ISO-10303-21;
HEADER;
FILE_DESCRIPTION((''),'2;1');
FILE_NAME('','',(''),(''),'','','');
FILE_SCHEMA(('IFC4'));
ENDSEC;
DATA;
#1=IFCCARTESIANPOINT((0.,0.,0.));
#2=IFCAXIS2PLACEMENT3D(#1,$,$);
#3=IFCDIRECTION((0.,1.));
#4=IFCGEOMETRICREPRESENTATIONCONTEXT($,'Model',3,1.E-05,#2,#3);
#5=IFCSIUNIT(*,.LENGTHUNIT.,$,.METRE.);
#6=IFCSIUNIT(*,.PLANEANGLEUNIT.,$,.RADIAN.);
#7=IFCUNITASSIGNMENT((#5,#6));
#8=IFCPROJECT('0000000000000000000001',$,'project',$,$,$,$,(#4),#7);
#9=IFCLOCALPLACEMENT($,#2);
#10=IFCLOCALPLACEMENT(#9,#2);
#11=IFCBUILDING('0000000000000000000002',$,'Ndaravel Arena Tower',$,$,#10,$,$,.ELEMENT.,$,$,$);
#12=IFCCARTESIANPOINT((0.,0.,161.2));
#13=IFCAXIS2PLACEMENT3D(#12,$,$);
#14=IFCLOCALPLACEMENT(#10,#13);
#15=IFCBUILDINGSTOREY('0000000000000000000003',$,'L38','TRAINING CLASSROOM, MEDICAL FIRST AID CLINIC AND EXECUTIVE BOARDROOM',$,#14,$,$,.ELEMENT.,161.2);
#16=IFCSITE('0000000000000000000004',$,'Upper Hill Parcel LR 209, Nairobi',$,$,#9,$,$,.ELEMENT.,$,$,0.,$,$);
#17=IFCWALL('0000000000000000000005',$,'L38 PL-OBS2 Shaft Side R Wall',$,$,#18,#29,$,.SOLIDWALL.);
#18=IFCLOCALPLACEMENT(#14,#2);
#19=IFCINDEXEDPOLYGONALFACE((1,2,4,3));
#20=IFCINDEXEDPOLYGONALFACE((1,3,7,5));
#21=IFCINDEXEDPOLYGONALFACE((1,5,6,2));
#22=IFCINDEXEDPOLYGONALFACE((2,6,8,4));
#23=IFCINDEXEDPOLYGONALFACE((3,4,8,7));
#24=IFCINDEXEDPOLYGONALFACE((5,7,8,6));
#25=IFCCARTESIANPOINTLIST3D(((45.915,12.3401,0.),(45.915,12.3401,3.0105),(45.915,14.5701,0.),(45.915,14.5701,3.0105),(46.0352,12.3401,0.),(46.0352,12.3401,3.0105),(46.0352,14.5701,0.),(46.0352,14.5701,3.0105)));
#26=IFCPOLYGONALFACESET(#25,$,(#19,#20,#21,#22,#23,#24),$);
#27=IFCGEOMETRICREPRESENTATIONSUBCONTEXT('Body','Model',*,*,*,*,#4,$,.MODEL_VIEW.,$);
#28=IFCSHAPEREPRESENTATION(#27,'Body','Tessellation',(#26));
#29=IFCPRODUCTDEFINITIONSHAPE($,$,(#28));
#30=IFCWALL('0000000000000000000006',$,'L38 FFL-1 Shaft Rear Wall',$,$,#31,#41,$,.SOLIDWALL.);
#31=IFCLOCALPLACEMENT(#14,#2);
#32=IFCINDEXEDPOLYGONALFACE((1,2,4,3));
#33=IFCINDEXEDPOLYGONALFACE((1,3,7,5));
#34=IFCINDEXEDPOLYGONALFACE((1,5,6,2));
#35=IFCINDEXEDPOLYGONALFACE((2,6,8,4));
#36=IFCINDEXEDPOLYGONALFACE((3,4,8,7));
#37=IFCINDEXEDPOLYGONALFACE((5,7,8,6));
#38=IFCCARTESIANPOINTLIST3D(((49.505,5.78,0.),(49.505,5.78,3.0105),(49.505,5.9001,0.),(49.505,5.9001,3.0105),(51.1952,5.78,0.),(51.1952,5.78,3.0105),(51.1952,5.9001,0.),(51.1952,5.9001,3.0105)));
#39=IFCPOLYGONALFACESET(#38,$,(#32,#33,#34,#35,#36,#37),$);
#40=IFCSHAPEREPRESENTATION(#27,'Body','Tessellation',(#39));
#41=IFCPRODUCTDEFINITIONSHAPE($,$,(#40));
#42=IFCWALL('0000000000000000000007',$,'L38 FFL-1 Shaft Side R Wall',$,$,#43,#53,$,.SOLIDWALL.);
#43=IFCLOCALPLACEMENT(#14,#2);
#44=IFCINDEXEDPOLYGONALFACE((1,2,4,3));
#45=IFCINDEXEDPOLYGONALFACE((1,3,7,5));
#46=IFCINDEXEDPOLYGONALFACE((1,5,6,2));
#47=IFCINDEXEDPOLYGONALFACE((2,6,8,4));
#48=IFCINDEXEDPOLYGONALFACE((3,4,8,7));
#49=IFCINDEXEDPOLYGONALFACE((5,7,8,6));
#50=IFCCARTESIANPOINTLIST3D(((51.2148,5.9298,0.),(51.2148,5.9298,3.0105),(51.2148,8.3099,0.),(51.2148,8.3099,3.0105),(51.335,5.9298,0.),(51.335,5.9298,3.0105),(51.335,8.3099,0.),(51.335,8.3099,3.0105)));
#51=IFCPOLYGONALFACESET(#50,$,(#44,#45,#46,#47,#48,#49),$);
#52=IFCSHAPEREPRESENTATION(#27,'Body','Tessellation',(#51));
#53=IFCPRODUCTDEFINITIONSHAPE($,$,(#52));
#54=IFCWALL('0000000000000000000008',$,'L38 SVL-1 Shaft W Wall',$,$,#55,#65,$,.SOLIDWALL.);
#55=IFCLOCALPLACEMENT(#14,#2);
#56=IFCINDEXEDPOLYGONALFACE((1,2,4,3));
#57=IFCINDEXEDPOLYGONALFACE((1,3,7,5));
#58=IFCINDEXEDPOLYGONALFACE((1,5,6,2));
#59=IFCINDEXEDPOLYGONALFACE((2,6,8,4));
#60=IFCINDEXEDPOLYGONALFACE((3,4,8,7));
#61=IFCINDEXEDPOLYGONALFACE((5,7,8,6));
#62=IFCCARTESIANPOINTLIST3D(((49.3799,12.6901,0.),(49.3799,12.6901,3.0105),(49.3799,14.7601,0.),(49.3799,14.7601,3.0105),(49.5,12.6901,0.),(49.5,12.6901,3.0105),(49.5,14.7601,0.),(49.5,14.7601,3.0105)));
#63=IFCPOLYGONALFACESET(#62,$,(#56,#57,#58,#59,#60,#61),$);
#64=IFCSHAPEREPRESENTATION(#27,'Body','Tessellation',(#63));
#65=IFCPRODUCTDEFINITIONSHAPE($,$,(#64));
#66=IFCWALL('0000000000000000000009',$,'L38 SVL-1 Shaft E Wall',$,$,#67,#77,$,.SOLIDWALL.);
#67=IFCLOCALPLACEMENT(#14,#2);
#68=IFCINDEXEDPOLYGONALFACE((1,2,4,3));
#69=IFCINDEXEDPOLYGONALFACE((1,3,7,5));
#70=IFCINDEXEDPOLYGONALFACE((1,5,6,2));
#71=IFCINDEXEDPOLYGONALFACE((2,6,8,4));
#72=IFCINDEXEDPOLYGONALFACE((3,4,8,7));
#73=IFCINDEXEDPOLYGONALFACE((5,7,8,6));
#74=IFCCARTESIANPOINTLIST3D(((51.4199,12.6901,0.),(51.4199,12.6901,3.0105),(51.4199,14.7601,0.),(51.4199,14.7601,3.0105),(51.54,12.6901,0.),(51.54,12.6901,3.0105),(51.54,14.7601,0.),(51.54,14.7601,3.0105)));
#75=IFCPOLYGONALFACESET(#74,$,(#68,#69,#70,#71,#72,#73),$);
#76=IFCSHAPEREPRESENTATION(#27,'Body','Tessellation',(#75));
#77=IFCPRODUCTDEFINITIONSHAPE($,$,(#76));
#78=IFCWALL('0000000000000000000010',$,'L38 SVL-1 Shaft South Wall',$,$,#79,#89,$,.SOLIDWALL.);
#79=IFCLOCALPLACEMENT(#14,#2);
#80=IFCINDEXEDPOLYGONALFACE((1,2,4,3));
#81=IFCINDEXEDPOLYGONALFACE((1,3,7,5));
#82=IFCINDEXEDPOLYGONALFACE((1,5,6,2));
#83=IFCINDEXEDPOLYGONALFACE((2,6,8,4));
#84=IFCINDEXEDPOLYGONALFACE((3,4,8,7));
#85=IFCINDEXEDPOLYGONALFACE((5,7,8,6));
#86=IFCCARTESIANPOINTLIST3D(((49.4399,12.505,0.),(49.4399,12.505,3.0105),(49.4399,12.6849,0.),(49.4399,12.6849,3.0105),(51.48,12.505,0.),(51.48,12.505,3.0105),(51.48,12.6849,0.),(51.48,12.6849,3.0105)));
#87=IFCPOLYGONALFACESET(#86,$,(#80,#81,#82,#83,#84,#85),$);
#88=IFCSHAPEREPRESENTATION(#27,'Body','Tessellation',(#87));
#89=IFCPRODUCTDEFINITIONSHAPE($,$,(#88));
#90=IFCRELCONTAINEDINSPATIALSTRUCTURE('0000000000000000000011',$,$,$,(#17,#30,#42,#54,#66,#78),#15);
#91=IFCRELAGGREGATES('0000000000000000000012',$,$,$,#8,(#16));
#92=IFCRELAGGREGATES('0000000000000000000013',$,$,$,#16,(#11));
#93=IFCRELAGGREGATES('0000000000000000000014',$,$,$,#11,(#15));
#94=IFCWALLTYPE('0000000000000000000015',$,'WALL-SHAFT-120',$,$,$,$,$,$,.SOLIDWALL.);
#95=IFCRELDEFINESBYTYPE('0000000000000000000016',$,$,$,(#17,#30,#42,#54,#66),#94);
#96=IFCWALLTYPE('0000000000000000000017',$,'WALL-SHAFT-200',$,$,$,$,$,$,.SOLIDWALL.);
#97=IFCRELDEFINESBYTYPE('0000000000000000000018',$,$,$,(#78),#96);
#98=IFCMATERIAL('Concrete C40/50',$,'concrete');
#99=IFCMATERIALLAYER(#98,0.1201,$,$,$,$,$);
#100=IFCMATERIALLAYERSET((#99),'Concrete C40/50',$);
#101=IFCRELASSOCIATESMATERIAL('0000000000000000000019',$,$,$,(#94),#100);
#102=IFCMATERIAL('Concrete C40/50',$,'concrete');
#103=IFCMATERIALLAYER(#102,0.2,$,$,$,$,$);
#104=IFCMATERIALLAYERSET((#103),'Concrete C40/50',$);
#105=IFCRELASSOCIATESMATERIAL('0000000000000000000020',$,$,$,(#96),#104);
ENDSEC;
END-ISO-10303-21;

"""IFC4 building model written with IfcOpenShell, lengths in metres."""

from ifc_helpers import new_model, si_unit, direction, frame, frame_2d, origin, place, context, subcontext, project, spatial, rectangle, extrude, material, layer, layer_set, type_object, element, save


model = new_model("IFC4")

# Units and contexts
model_context = context("Model", 3, precision=1e-05, world=origin(), true_north=direction((0.0, 1.0)))
body_context = subcontext(model_context, "Body", "Model", "MODEL_VIEW")
ifc_project = project(units=[si_unit("LENGTHUNIT", "METRE"), si_unit("PLANEANGLEUNIT", "RADIAN")], contexts=[model_context])

# Site, building, storey
site_placement = place(None, origin())
site = spatial("IfcSite", under=ifc_project, at=site_placement, Name="Upper Hill Parcel LR 209, Nairobi", CompositionType="ELEMENT", RefElevation=0.0)
building_placement = place(site_placement, origin())
building = spatial("IfcBuilding", under=site, at=building_placement, Name="Ndaravel Arena Tower", CompositionType="ELEMENT")
storey_placement = place(building_placement, frame((0.0, 0.0, 161.2)))
storey = spatial("IfcBuildingStorey", under=building, at=storey_placement, Name="L38", Description="TRAINING CLASSROOM, MEDICAL FIRST AID CLINIC AND EXECUTIVE BOARDROOM", CompositionType="ELEMENT", Elevation=161.2)

# Walls
ifc_material_1 = material(Name="Concrete C40/50", Category="concrete")
ifc_layer_1 = layer(ifc_material_1, 0.1201)
ifc_layer_set_1 = layer_set([ifc_layer_1], Name="Concrete C40/50")
wall_type_1 = type_object("IfcWallType", Name="WALL-SHAFT-120", PredefinedType="SOLIDWALL", material=ifc_layer_set_1)
wall_1_placement = place(storey_placement, frame((45.9751, 12.3401, 0.0), z_axis=(0.0, 0.0, 1.0), x_axis=(0.0, 1.0, 0.0)))
element("IfcWall", 1, at=wall_1_placement, inside=storey, type_object=wall_type_1, Name="L38 PL-OBS2 Shaft Side R Wall", PredefinedType="SOLIDWALL", context=body_context, shape_type="SweptSolid", body=[
    extrude(rectangle(XDim=2.23, YDim=0.1201, at=frame_2d((1.115, 0.0))), origin(), (0.0, 0.0, 1.0), 3.0105),
])
wall_2_placement = place(storey_placement, frame((49.5049, 5.8401, 0.0), z_axis=(0.0, 0.0, 1.0), x_axis=(1.0, 0.0, 0.0)))
element("IfcWall", 2, at=wall_2_placement, inside=storey, type_object=wall_type_1, Name="L38 FFL-1 Shaft Rear Wall", PredefinedType="SOLIDWALL", context=body_context, shape_type="SweptSolid", body=[
    extrude(rectangle(XDim=1.6902, YDim=0.1201, at=frame_2d((0.8452, 0.0))), origin(), (0.0, 0.0, 1.0), 3.0105),
])
wall_3_placement = place(storey_placement, frame((51.2749, 5.9299, 0.0), z_axis=(0.0, 0.0, 1.0), x_axis=(0.0, 1.0, 0.0)))
element("IfcWall", 3, at=wall_3_placement, inside=storey, type_object=wall_type_1, Name="L38 FFL-1 Shaft Side R Wall", PredefinedType="SOLIDWALL", context=body_context, shape_type="SweptSolid", body=[
    extrude(rectangle(XDim=2.3801, YDim=0.1201, at=frame_2d((1.1899, 0.0))), origin(), (0.0, 0.0, 1.0), 3.0105),
])
for number, where, z_axis, x_axis, name in (
    (4, (49.4399, 12.6899, 0.0), (0.0, 0.0, 1.0), (0.0, 1.0, 0.0), "L38 SVL-1 Shaft W Wall"),
    (5, (51.48, 12.6899, 0.0), (0.0, 0.0, 1.0), (0.0, 1.0, 0.0), "L38 SVL-1 Shaft E Wall"),
):
    element("IfcWall", number, at=place(storey_placement, frame(where, z_axis=z_axis, x_axis=x_axis)), inside=storey, type_object=wall_type_1, Name=name, PredefinedType="SOLIDWALL", context=body_context, shape_type="SweptSolid", body=[
        extrude(rectangle(XDim=2.0701, YDim=0.1201, at=frame_2d((1.0352, 0.0))), origin(), (0.0, 0.0, 1.0), 3.0105),
    ])

# Shared definitions
ifc_material_2 = material(Name="Concrete C40/50", Category="concrete")
ifc_layer_2 = layer(ifc_material_2, 0.2)
ifc_layer_set_2 = layer_set([ifc_layer_2], Name="Concrete C40/50")
wall_type_2 = type_object("IfcWallType", Name="WALL-SHAFT-200", PredefinedType="SOLIDWALL", material=ifc_layer_set_2)

# Wall
wall_4_placement = place(storey_placement, frame((49.4399, 12.595, 0.0), z_axis=(0.0, 0.0, 1.0), x_axis=(1.0, 0.0, 0.0)))
element("IfcWall", 6, at=wall_4_placement, inside=storey, type_object=wall_type_2, Name="L38 SVL-1 Shaft South Wall", PredefinedType="SOLIDWALL", context=body_context, shape_type="SweptSolid", body=[
    extrude(rectangle(XDim=2.04, YDim=0.1799, at=frame_2d((1.02, 0.0))), origin(), (0.0, 0.0, 1.0), 3.0105),
])

save(model, "model.ifc")
